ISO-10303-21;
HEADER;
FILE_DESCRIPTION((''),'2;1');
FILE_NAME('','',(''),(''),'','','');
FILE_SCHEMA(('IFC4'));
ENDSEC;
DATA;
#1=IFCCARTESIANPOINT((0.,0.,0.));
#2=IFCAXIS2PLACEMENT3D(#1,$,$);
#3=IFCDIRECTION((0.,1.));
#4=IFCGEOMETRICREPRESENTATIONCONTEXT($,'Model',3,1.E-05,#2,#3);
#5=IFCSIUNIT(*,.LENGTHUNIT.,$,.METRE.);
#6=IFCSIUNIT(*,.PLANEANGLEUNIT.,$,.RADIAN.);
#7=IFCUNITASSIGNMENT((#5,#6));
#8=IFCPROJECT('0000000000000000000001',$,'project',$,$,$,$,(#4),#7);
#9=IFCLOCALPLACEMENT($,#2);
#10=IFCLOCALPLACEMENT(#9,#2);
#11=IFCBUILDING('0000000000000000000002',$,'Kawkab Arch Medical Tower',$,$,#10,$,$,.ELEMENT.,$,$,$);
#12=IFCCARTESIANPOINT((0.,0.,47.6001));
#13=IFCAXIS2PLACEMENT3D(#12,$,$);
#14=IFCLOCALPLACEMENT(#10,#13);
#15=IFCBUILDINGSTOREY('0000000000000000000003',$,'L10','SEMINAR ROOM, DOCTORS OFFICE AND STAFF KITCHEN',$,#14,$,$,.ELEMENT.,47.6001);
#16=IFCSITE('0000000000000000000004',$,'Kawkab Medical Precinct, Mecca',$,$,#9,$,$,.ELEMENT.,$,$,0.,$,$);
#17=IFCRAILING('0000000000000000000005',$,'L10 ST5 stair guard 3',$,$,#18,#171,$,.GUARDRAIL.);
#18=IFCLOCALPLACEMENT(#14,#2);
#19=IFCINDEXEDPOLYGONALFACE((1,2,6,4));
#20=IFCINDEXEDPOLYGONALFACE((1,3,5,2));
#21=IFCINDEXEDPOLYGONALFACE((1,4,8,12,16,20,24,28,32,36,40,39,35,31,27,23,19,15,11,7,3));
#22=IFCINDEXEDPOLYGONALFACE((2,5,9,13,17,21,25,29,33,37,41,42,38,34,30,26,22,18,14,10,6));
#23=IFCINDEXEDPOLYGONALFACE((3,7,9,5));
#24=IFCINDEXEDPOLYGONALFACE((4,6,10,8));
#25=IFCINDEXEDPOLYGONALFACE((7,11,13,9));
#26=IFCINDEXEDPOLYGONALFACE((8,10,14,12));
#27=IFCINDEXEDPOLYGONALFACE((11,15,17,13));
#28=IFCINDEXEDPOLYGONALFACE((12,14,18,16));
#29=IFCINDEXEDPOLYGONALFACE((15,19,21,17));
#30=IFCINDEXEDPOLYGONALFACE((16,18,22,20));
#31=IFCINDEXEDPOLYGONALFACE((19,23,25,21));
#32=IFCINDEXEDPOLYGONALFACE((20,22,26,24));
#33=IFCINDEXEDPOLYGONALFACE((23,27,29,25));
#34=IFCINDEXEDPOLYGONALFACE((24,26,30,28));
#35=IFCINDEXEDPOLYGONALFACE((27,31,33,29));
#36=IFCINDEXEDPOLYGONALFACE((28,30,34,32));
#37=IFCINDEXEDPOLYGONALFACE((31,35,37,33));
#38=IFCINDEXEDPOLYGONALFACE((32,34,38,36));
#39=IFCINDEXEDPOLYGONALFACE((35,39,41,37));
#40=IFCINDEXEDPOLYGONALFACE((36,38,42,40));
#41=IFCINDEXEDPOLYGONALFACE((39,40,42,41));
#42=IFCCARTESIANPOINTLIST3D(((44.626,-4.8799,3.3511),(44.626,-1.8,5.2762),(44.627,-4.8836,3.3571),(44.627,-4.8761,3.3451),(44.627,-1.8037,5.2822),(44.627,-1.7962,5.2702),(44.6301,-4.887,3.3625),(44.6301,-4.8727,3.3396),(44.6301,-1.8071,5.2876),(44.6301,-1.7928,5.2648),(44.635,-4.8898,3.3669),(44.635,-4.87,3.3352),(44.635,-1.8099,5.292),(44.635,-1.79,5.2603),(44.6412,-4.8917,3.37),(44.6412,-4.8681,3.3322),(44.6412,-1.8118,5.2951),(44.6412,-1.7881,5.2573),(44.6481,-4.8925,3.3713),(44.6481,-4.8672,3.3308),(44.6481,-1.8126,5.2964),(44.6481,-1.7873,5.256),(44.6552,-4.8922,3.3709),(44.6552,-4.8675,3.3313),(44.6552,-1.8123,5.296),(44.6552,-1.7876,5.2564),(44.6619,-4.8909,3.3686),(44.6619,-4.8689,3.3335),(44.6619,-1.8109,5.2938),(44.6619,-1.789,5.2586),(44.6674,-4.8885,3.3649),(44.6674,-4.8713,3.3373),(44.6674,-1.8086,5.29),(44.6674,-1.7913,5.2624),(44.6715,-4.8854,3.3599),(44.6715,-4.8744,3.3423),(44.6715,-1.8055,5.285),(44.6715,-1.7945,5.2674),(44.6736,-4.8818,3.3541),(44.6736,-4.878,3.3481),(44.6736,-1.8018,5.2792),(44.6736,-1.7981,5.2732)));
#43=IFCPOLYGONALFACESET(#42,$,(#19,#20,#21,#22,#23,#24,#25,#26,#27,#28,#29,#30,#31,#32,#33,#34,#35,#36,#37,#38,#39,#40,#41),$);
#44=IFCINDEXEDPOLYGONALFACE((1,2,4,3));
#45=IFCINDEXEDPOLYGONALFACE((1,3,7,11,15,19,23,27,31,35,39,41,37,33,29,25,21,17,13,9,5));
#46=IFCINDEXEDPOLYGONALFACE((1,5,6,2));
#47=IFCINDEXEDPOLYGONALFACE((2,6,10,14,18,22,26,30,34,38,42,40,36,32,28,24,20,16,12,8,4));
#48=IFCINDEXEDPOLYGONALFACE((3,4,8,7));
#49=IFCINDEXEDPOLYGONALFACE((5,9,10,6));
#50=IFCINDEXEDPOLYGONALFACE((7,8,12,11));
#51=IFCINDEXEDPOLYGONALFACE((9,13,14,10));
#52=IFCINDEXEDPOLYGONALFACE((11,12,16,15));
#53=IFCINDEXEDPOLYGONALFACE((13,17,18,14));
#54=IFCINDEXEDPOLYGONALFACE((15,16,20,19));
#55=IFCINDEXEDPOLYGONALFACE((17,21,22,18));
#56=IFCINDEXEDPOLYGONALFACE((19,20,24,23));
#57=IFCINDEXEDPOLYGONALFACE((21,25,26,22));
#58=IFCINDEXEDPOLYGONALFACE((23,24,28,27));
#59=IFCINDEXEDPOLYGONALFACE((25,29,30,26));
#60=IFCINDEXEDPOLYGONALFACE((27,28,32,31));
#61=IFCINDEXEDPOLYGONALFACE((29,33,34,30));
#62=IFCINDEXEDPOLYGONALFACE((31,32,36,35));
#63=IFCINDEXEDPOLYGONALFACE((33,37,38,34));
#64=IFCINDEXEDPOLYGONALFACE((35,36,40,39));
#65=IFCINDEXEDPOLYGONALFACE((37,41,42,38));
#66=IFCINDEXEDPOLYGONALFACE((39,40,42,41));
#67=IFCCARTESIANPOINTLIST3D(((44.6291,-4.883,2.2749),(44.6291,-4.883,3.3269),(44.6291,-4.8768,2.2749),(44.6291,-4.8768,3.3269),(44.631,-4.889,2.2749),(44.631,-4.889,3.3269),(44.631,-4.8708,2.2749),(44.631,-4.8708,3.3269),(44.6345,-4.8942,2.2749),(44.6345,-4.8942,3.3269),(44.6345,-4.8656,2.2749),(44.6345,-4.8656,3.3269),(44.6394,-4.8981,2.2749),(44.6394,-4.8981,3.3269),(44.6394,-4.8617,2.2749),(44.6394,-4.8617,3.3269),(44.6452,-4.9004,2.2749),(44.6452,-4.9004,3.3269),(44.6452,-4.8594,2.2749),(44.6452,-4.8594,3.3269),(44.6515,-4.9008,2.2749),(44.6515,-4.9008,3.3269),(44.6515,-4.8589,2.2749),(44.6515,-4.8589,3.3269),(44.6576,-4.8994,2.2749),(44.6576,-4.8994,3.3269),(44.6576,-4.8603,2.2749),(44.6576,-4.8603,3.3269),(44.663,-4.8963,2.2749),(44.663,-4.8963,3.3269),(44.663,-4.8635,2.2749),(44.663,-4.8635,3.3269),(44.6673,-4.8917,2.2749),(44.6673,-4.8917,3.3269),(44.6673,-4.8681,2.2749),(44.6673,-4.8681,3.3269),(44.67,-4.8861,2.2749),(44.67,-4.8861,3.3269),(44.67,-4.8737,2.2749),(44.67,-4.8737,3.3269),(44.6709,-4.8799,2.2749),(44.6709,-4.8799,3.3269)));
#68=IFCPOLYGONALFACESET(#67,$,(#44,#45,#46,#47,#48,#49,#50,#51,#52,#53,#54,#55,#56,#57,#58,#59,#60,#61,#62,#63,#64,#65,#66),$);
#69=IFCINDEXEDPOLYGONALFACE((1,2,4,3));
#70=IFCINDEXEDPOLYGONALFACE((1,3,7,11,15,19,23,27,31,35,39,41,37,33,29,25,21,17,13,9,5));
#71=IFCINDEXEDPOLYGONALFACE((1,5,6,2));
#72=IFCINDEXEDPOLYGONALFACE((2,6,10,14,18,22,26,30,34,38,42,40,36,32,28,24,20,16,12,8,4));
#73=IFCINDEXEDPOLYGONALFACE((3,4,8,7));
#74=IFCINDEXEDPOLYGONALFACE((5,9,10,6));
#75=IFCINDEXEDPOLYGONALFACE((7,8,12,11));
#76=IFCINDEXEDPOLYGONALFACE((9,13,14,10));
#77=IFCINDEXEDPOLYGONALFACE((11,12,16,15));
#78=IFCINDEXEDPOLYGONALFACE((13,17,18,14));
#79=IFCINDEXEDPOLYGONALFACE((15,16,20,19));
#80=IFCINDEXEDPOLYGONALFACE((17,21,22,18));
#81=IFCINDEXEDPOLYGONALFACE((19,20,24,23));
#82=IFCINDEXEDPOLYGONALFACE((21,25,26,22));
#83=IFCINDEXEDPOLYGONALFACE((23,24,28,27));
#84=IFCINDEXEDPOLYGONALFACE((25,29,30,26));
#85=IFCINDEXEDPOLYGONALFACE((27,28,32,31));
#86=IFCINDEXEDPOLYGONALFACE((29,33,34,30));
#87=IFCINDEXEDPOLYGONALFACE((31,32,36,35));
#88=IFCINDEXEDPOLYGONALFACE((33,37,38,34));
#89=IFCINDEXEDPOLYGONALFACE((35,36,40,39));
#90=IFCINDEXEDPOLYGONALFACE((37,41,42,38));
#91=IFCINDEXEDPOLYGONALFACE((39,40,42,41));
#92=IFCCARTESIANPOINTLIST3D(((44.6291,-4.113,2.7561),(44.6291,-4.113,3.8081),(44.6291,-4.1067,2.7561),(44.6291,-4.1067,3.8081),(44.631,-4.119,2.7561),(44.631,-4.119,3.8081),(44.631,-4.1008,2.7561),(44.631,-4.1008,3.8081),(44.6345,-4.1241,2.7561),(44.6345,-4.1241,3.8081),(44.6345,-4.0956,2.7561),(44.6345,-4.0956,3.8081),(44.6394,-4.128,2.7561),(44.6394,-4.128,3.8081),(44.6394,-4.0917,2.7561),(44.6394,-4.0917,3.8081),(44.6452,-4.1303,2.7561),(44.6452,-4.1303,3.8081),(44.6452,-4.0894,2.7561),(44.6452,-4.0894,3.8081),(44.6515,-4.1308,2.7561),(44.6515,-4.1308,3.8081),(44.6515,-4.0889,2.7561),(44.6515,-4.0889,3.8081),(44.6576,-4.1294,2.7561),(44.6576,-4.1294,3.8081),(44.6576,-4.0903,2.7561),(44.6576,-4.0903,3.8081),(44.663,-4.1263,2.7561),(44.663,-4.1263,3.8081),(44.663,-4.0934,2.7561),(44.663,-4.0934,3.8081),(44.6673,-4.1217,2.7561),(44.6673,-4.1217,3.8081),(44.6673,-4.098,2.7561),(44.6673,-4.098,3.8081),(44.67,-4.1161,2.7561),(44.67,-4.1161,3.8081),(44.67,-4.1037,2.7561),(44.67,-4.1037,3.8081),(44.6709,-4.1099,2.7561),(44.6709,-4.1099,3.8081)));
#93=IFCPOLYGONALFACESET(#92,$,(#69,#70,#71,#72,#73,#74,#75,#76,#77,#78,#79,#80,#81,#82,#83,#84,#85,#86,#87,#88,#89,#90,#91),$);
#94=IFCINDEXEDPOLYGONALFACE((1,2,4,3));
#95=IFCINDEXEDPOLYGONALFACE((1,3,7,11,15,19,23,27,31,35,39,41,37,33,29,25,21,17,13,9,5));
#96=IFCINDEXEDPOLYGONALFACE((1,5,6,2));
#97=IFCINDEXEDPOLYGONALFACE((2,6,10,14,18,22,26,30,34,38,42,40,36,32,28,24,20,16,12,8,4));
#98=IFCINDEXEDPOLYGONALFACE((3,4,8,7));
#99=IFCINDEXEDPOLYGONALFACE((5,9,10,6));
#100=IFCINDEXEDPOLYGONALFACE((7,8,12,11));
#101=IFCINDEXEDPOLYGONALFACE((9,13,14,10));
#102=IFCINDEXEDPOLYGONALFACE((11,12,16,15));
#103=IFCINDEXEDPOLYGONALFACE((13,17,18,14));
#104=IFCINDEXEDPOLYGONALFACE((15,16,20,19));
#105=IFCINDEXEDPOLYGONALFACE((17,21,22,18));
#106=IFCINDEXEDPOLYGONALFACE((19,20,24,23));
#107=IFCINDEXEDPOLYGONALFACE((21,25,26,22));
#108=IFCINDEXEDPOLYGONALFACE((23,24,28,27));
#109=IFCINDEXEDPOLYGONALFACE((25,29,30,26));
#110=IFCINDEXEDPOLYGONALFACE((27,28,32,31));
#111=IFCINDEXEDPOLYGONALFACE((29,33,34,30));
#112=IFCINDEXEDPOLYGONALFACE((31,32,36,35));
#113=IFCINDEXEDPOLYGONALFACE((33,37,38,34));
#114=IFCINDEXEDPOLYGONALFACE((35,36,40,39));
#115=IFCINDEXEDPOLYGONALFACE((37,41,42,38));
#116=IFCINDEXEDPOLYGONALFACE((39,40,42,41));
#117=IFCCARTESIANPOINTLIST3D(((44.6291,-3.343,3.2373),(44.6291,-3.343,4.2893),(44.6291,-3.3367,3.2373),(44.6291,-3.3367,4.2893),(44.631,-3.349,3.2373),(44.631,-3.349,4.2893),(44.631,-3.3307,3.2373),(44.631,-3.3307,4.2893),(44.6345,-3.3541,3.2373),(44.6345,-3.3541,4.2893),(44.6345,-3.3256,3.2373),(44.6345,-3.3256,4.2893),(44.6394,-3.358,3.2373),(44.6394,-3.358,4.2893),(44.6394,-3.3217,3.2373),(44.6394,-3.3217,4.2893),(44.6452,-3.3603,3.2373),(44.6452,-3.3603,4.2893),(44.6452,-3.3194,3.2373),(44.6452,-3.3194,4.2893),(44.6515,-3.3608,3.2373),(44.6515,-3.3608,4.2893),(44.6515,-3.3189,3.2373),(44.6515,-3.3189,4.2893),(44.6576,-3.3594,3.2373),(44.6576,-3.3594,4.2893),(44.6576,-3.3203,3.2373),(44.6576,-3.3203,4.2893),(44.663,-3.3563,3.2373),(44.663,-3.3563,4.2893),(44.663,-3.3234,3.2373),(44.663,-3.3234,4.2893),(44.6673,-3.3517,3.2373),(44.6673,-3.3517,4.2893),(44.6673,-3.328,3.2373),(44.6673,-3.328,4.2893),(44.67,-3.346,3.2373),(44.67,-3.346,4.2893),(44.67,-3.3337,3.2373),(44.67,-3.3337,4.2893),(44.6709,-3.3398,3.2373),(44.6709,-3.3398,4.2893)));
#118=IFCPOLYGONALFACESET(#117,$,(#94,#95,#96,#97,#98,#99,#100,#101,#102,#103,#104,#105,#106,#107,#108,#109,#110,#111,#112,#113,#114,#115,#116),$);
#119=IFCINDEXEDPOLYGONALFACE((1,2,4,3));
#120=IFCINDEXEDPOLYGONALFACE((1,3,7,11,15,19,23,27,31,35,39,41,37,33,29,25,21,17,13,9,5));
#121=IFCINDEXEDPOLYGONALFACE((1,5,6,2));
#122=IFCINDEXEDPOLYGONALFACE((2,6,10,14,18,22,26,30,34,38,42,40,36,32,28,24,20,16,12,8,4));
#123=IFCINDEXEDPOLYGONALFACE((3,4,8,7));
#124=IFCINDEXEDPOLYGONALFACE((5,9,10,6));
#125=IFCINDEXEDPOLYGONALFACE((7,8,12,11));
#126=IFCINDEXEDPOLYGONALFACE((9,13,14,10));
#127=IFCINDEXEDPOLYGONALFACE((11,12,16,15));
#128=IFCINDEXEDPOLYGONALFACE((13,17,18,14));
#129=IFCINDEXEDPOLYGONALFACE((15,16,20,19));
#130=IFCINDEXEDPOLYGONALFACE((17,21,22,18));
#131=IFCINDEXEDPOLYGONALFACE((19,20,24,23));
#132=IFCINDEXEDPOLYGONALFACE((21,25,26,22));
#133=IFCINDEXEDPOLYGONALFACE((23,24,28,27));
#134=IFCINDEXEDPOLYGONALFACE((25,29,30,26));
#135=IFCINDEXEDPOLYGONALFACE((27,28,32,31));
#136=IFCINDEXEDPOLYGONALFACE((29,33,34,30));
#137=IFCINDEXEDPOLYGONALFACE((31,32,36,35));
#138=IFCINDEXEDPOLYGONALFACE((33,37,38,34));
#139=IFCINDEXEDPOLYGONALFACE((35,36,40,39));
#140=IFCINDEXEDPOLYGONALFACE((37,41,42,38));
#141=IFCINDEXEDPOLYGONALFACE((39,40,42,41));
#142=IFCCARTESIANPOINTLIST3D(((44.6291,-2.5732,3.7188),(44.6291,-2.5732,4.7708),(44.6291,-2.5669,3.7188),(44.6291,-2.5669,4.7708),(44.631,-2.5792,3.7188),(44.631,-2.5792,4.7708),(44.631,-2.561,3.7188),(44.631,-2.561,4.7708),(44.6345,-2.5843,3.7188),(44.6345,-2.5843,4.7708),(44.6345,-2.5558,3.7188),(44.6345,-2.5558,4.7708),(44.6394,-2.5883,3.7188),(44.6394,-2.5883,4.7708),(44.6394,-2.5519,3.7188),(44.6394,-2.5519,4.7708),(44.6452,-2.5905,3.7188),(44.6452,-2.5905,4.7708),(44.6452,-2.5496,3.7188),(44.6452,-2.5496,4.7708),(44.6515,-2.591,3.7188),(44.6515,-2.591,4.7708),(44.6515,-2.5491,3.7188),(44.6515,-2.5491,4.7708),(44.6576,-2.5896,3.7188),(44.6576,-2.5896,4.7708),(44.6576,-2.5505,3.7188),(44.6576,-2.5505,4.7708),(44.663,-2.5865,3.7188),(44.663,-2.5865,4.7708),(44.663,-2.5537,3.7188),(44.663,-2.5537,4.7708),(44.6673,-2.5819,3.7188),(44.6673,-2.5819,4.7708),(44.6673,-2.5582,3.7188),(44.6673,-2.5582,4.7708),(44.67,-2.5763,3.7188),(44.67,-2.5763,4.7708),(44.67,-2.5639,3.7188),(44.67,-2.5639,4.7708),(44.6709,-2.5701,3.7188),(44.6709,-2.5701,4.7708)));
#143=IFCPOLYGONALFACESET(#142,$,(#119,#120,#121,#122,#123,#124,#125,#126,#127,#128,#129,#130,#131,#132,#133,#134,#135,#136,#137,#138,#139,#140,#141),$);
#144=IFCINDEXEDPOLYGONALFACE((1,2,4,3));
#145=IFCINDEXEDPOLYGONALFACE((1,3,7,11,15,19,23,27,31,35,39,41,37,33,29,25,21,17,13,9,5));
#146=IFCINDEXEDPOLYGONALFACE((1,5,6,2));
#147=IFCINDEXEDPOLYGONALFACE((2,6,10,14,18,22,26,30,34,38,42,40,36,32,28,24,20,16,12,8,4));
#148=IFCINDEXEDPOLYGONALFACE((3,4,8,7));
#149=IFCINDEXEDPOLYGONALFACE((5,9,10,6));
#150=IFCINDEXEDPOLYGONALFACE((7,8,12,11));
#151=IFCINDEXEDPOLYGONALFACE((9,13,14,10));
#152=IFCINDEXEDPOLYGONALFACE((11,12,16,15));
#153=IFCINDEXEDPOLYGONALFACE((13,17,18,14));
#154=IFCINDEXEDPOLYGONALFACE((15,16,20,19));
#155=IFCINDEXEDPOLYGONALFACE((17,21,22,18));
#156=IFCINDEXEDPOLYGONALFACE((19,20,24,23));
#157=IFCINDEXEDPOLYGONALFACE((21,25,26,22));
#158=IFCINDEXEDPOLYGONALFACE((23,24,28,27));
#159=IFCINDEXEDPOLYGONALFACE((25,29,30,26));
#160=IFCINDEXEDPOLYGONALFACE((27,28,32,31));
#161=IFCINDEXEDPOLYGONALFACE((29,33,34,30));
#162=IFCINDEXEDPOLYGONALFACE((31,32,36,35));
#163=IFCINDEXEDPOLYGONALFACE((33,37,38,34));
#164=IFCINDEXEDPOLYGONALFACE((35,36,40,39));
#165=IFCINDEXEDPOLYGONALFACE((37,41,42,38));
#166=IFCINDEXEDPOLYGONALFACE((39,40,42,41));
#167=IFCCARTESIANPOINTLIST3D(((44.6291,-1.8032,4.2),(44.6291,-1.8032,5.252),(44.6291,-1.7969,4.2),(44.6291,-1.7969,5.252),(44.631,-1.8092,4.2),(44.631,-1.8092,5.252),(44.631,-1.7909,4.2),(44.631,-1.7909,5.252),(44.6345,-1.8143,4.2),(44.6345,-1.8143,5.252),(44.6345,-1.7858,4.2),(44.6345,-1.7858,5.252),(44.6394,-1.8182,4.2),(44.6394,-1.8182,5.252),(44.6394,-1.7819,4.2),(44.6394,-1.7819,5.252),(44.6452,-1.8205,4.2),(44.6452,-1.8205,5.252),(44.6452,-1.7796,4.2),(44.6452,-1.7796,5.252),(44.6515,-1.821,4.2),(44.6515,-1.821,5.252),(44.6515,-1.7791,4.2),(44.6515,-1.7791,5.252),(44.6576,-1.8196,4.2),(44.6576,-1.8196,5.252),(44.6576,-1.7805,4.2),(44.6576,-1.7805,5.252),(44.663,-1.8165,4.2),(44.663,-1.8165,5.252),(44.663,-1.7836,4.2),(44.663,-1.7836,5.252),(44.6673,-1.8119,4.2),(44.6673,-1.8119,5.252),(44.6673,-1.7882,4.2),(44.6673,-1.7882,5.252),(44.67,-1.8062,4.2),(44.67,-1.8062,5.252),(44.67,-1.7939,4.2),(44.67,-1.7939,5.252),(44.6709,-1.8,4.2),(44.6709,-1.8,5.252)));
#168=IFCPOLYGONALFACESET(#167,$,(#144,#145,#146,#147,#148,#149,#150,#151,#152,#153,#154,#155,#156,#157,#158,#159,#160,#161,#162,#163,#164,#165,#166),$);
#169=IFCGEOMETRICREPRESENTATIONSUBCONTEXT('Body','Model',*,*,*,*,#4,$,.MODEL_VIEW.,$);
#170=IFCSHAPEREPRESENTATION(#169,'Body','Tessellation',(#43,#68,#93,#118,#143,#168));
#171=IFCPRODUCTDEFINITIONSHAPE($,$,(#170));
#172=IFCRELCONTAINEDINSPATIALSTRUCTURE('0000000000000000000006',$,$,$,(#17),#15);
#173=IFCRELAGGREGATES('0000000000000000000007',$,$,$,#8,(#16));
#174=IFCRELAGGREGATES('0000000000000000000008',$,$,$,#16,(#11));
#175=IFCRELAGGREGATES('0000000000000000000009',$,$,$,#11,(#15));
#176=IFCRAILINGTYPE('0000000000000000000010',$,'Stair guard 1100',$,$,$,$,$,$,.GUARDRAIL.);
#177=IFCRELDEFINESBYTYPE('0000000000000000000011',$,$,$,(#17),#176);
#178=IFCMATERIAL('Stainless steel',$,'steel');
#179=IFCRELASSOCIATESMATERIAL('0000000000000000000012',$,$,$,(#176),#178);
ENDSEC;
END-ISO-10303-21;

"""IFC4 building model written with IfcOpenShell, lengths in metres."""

from ifc_helpers import new_model, si_unit, direction, frame, origin, origin_2d, place, context, subcontext, project, spatial, circle, extrude, material, type_object, element, save


model = new_model("IFC4")

# Units and contexts
model_context = context("Model", 3, precision=1e-05, world=origin(), true_north=direction((0.0, 1.0)))
body_context = subcontext(model_context, "Body", "Model", "MODEL_VIEW")
ifc_project = project(units=[si_unit("LENGTHUNIT", "METRE"), si_unit("PLANEANGLEUNIT", "RADIAN")], contexts=[model_context])

# Site, building, storey
site_placement = place(None, origin())
site = spatial("IfcSite", under=ifc_project, at=site_placement, Name="Kawkab Medical Precinct, Mecca", CompositionType="ELEMENT", RefElevation=0.0)
building_placement = place(site_placement, origin())
building = spatial("IfcBuilding", under=site, at=building_placement, Name="Kawkab Arch Medical Tower", CompositionType="ELEMENT")
storey_placement = place(building_placement, frame((0.0, 0.0, 47.6001)))
storey = spatial("IfcBuildingStorey", under=building, at=storey_placement, Name="L10", Description="SEMINAR ROOM, DOCTORS OFFICE AND STAFF KITCHEN", CompositionType="ELEMENT", Elevation=47.6001)

# Railing
ifc_material_1 = material(Name="Stainless steel", Category="steel")
railing_type = type_object("IfcRailingType", Name="Stair guard 1100", PredefinedType="GUARDRAIL", material=ifc_material_1)
railing_1_placement = place(storey_placement, frame((44.6499, -4.8799, 2.2749)))
element("IfcRailing", 1, at=railing_1_placement, inside=storey, type_object=railing_type, Name="L10 ST5 stair guard 3", PredefinedType="GUARDRAIL", context=body_context, shape_type="SweptSolid", body=[
    extrude(circle(Radius=0.0239, at=origin_2d()), frame((0.0, 0.0, 1.0762), z_axis=(0.0, 0.847979, 0.530029), x_axis=(-1.0, 0.0, 0.0)), (0.0, 0.0, 1.0), 3.6321),
    extrude(circle(Radius=0.021, at=origin_2d()), origin(), (0.0, 0.0, 1.0), 1.052),
    extrude(circle(Radius=0.021, at=origin_2d()), frame((0.0, 0.77, 0.4812)), (0.0, 0.0, 1.0), 1.052),
    extrude(circle(Radius=0.021, at=origin_2d()), frame((0.0, 1.54, 0.9624)), (0.0, 0.0, 1.0), 1.052),
    extrude(circle(Radius=0.021, at=origin_2d()), frame((0.0, 2.3098, 1.4438)), (0.0, 0.0, 1.0), 1.052),
    extrude(circle(Radius=0.021, at=origin_2d()), frame((0.0, 3.0798, 1.925)), (0.0, 0.0, 1.0), 1.052),
])

save(model, "model.ifc")
